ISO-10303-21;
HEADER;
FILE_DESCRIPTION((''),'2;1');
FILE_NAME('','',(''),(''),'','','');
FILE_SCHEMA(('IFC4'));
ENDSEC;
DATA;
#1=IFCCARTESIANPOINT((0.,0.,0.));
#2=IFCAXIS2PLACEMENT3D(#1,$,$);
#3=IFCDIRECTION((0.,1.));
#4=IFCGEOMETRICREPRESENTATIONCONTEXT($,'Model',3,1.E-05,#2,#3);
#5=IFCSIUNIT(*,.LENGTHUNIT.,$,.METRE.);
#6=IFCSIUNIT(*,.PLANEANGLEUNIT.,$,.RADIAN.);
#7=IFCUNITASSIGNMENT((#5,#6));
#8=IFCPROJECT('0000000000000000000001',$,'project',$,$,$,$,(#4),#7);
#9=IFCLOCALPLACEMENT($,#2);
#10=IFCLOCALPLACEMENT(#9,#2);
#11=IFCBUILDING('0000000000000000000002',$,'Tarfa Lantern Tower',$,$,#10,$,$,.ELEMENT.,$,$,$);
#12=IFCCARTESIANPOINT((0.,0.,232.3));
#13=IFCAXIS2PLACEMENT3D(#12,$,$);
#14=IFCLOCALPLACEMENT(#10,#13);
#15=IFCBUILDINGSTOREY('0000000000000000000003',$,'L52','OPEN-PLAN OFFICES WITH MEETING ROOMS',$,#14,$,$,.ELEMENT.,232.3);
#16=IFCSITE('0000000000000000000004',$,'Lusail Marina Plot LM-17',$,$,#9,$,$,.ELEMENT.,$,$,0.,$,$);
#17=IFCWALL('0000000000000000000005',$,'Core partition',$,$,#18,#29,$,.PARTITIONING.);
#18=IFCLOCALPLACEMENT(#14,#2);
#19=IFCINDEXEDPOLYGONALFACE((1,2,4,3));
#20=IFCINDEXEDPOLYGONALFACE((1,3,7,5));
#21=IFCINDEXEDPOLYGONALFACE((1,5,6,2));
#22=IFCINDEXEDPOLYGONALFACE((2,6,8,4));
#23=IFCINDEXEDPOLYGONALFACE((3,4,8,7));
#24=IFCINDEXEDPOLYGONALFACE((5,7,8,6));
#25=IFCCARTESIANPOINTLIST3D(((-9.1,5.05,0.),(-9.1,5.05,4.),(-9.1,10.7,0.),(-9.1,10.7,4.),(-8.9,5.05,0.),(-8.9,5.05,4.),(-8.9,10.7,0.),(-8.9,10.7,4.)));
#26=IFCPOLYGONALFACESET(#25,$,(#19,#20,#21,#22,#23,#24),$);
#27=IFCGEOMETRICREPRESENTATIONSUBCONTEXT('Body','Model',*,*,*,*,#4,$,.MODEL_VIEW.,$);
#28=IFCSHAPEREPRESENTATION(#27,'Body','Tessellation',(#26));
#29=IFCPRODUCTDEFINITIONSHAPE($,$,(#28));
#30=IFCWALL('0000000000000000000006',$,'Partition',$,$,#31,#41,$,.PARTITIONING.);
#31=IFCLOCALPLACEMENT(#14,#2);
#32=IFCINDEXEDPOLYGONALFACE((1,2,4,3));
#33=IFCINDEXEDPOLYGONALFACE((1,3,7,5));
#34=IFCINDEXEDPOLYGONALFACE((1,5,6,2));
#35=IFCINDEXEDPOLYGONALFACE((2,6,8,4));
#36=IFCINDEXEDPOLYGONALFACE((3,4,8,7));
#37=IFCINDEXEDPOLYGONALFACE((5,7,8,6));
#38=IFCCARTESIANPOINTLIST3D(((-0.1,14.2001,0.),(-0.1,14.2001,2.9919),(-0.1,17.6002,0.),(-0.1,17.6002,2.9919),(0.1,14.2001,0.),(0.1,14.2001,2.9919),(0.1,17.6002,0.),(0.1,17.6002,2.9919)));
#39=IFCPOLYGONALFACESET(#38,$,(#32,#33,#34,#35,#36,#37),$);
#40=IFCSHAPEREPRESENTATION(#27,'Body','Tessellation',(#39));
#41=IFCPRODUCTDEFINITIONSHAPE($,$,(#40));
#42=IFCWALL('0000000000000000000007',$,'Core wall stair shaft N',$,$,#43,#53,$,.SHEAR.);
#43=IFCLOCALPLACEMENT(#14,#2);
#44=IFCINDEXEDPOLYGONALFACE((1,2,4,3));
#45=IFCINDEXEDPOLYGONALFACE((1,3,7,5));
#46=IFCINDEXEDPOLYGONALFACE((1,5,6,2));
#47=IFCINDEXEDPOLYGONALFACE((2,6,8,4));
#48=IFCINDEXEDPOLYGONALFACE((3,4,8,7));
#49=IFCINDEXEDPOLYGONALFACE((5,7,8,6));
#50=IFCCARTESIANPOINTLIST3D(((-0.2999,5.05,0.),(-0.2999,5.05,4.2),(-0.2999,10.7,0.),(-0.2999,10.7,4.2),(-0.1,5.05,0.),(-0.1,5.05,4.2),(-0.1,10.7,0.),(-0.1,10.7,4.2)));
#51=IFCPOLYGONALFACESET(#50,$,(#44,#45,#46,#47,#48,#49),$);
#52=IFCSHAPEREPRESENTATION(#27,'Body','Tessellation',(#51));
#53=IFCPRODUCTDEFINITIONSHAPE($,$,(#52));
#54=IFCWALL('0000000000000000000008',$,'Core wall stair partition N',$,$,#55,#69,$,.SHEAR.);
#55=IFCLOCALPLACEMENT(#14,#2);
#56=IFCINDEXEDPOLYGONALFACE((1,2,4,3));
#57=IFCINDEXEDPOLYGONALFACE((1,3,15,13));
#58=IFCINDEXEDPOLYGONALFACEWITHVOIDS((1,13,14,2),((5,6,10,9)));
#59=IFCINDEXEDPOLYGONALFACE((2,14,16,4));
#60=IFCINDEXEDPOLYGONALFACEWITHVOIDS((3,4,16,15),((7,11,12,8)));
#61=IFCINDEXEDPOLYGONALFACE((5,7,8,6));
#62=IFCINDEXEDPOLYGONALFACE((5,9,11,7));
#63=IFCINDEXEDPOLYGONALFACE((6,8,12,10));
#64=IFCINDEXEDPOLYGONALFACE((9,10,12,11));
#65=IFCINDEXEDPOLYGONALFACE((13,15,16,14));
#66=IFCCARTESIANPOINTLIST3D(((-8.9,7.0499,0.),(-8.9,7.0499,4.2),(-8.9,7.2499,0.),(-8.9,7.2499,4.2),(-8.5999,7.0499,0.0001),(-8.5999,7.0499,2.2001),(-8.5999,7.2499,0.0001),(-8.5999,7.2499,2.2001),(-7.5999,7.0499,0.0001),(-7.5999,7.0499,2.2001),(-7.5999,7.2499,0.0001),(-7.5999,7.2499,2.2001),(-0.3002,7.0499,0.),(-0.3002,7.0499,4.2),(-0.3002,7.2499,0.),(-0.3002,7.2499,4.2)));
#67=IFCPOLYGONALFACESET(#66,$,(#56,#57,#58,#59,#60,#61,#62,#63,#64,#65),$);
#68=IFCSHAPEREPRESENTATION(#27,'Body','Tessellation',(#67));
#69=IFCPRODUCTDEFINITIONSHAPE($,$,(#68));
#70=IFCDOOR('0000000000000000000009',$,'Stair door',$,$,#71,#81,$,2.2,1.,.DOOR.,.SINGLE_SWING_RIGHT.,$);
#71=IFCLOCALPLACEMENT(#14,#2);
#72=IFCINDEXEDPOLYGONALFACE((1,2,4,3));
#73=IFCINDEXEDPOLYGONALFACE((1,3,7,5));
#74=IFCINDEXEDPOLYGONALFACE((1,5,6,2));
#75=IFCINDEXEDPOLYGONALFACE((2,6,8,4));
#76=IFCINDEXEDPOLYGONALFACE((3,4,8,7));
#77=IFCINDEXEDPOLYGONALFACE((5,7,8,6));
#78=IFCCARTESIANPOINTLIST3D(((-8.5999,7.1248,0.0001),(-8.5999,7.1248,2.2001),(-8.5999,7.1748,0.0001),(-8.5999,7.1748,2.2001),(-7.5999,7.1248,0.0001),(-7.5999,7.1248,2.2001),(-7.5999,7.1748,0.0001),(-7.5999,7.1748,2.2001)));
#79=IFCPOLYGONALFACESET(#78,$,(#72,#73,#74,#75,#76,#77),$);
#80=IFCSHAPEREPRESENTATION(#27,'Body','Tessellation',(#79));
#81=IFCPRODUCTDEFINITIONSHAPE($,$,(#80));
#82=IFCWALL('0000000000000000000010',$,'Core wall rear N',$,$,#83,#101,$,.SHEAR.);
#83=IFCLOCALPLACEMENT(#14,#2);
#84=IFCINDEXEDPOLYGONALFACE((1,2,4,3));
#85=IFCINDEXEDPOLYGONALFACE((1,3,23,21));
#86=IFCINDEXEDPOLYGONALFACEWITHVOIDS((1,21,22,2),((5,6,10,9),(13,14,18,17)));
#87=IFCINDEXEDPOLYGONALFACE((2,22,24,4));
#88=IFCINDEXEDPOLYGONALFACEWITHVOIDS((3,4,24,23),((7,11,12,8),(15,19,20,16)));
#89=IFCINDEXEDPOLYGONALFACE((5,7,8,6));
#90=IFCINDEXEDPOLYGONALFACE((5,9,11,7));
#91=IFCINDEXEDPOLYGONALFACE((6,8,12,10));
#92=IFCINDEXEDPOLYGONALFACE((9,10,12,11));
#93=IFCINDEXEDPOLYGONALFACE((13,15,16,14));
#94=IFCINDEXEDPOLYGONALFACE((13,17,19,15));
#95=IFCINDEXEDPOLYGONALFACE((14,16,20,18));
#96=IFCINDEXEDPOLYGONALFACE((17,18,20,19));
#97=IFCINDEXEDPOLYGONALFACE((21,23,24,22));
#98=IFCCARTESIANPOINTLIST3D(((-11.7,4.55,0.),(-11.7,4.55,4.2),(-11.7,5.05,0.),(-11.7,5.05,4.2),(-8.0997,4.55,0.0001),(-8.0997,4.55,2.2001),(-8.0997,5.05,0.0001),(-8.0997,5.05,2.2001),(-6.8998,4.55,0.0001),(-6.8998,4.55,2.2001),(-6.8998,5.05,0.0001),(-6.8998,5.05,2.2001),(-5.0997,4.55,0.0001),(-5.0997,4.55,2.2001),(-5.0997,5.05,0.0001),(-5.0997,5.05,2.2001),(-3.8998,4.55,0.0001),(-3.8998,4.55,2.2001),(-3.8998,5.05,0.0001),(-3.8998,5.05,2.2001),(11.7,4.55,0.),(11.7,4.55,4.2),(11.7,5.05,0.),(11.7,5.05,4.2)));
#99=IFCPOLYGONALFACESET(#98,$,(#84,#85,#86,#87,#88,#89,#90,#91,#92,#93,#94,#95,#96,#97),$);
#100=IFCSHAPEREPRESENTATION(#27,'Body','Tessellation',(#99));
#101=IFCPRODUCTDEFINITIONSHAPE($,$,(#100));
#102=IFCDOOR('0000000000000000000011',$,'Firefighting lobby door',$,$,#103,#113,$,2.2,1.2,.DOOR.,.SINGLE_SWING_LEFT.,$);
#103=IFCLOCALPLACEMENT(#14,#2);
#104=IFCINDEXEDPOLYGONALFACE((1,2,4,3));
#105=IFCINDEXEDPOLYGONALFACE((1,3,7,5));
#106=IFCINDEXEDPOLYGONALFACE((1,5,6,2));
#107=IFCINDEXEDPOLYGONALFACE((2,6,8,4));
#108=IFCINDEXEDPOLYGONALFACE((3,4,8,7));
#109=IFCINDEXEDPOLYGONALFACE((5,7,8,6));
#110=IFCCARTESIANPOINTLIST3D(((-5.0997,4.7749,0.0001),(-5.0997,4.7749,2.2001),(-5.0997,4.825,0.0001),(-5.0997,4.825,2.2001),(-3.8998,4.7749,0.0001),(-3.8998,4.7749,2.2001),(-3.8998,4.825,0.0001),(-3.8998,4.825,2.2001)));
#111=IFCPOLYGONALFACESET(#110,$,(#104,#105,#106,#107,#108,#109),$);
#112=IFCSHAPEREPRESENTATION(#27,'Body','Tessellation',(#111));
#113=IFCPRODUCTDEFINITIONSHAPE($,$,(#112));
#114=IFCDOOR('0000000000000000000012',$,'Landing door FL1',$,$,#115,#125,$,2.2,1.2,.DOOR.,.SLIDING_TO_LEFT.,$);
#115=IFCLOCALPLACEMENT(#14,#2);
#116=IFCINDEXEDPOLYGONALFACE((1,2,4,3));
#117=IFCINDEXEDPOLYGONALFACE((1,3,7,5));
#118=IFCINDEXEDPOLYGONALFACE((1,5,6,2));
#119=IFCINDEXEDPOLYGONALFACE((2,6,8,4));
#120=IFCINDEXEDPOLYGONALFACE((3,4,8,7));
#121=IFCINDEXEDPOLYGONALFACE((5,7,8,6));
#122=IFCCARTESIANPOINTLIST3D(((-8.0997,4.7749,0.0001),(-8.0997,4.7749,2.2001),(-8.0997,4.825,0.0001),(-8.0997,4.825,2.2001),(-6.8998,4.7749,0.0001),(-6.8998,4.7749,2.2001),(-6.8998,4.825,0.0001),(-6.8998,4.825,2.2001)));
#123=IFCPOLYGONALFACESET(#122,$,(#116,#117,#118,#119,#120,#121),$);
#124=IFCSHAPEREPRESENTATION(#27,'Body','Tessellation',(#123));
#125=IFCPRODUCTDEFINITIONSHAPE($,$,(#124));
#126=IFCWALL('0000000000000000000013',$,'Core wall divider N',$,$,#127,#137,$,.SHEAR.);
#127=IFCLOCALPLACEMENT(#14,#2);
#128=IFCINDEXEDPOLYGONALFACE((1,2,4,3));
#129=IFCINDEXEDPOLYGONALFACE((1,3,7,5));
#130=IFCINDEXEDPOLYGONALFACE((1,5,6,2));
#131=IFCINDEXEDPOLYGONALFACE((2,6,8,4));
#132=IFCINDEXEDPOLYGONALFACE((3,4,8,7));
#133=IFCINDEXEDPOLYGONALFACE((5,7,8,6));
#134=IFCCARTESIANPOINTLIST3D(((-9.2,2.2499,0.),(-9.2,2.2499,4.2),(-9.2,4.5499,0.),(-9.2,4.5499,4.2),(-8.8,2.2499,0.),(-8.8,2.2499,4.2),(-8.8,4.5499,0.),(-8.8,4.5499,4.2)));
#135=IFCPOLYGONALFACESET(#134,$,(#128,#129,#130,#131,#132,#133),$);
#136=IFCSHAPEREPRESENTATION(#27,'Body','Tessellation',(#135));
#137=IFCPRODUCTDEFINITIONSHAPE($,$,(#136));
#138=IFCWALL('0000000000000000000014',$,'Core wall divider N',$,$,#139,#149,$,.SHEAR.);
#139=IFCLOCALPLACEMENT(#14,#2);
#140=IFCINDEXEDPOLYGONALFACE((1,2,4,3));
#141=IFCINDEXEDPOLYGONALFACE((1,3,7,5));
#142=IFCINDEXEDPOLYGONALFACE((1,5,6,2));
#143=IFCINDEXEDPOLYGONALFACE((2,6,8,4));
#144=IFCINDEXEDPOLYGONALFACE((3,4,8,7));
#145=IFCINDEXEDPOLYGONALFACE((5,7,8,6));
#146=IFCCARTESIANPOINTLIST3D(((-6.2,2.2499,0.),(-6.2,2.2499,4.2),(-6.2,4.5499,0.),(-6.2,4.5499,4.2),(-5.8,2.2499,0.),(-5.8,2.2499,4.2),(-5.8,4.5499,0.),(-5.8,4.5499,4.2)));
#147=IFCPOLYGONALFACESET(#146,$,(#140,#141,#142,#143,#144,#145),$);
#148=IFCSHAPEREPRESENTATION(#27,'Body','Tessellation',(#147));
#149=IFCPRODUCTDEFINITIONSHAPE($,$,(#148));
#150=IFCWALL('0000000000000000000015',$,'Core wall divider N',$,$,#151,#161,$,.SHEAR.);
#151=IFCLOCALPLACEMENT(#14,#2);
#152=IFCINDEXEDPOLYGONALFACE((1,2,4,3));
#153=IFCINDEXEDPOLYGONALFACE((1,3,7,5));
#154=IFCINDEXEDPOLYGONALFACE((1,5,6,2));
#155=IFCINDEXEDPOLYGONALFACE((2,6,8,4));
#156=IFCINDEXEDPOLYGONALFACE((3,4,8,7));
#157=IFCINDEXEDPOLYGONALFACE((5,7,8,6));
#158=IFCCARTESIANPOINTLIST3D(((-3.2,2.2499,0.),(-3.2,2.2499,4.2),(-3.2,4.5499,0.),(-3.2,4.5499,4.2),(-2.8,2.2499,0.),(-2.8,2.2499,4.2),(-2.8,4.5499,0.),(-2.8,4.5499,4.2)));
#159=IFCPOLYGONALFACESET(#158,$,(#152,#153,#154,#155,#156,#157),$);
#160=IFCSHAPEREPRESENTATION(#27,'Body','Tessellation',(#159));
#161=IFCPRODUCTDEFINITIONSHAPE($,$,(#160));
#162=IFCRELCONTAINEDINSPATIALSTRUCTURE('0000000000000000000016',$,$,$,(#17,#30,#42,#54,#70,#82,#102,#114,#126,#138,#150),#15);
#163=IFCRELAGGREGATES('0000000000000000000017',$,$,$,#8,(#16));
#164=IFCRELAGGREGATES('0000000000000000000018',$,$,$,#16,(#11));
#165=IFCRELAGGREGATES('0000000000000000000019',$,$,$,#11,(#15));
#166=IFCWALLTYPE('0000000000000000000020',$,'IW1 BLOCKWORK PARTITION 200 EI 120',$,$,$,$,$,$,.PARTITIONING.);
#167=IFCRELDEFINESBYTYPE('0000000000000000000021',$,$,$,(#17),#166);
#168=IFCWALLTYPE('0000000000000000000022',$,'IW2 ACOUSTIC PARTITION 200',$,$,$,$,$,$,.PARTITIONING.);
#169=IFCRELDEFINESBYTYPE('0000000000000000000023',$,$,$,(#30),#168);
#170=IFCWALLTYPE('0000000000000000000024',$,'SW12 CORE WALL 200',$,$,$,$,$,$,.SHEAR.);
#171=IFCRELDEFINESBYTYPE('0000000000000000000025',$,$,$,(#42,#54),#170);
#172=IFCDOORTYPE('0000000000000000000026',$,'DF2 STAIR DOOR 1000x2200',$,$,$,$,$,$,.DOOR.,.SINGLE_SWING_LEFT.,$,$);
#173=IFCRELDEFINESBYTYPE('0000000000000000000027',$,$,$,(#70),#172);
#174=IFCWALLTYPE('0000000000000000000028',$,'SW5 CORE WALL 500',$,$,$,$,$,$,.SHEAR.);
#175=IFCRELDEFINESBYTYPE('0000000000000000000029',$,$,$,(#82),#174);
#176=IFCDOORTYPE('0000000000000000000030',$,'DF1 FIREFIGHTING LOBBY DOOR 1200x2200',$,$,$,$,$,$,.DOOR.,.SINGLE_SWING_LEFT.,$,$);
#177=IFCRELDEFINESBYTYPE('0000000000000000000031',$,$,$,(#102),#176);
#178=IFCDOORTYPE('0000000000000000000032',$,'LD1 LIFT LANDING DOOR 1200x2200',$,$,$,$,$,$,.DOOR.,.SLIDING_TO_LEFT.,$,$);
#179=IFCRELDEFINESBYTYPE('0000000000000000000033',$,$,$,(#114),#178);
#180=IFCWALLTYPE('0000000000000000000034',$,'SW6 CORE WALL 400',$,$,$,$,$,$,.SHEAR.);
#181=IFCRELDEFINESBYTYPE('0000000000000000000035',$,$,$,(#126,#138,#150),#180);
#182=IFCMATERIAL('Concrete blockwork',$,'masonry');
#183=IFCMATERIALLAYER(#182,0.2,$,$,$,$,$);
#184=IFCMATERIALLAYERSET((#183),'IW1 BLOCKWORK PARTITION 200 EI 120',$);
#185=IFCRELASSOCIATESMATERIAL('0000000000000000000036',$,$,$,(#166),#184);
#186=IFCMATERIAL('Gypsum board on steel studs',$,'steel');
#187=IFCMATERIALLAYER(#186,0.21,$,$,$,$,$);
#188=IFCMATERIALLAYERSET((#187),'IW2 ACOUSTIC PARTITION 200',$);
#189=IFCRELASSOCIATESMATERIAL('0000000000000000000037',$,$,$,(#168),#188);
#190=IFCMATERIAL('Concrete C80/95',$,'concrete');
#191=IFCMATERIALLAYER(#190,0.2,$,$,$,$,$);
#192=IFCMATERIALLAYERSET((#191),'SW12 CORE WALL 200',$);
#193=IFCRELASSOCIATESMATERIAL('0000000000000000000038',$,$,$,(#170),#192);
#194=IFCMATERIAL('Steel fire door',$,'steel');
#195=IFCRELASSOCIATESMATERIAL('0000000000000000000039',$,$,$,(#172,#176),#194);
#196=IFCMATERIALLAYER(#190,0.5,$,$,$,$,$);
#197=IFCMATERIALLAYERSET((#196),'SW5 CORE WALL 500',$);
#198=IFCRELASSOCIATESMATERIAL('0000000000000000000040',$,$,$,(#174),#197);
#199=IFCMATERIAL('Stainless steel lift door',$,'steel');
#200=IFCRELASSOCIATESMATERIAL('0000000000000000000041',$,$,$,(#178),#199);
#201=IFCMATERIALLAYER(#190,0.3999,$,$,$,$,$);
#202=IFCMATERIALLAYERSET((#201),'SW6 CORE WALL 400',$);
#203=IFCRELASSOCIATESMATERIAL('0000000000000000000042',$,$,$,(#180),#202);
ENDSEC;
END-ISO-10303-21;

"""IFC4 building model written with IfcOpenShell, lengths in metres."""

from ifc_helpers import new_model, si_unit, direction, frame, frame_2d, origin, place, context, subcontext, project, spatial, rectangle, extrude, material, layer, layer_set, type_object, element, fill, save


model = new_model("IFC4")

# Units and contexts
model_context = context("Model", 3, precision=1e-05, world=origin(), true_north=direction((0.0, 1.0)))
body_context = subcontext(model_context, "Body", "Model", "MODEL_VIEW")
ifc_project = project(units=[si_unit("LENGTHUNIT", "METRE"), si_unit("PLANEANGLEUNIT", "RADIAN")], contexts=[model_context])

# Site, building, storey
site_placement = place(None, origin())
site = spatial("IfcSite", under=ifc_project, at=site_placement, Name="Lusail Marina Plot LM-17", CompositionType="ELEMENT", RefElevation=0.0)
building_placement = place(site_placement, origin())
building = spatial("IfcBuilding", under=site, at=building_placement, Name="Tarfa Lantern Tower", CompositionType="ELEMENT")
storey_placement = place(building_placement, frame((0.0, 0.0, 232.3)))
storey = spatial("IfcBuildingStorey", under=building, at=storey_placement, Name="L52", Description="OPEN-PLAN OFFICES WITH MEETING ROOMS", CompositionType="ELEMENT", Elevation=232.3)

# Walls
ifc_material_1 = material(Name="Concrete blockwork", Category="masonry")
ifc_layer_1 = layer(ifc_material_1, 0.2)
ifc_layer_set_1 = layer_set([ifc_layer_1], Name="IW1 BLOCKWORK PARTITION 200 EI 120")
wall_type_1 = type_object("IfcWallType", Name="IW1 BLOCKWORK PARTITION 200 EI 120", PredefinedType="PARTITIONING", material=ifc_layer_set_1)
wall_1_placement = place(storey_placement, frame((-9.0, 5.05, 0.0), z_axis=(0.0, 0.0, 1.0), x_axis=(0.0, 1.0, 0.0)))
element("IfcWall", 1, at=wall_1_placement, inside=storey, type_object=wall_type_1, Name="Core partition", PredefinedType="PARTITIONING", context=body_context, shape_type="SweptSolid", body=[
    extrude(rectangle(XDim=5.6499, YDim=0.2, at=frame_2d((2.825, 0.0))), origin(), (0.0, 0.0, 1.0), 4.0),
])
ifc_material_2 = material(Name="Gypsum board on steel studs", Category="steel")
ifc_layer_2 = layer(ifc_material_2, 0.21)
ifc_layer_set_2 = layer_set([ifc_layer_2], Name="IW2 ACOUSTIC PARTITION 200")
wall_type_2 = type_object("IfcWallType", Name="IW2 ACOUSTIC PARTITION 200", PredefinedType="PARTITIONING", material=ifc_layer_set_2)
wall_2_placement = place(storey_placement, frame((0.0, 14.2, 0.0), z_axis=(0.0, 0.0, 1.0), x_axis=(0.0, 1.0, 0.0)))
element("IfcWall", 2, at=wall_2_placement, inside=storey, type_object=wall_type_2, Name="Partition", PredefinedType="PARTITIONING", context=body_context, shape_type="SweptSolid", body=[
    extrude(rectangle(XDim=3.4001, YDim=0.2, at=frame_2d((1.7002, 0.0))), origin(), (0.0, 0.0, 1.0), 2.9919),
])
ifc_material_3 = material(Name="Concrete C80/95", Category="concrete")
ifc_layer_3 = layer(ifc_material_3, 0.2)
ifc_layer_set_3 = layer_set([ifc_layer_3], Name="SW12 CORE WALL 200")
wall_type_3 = type_object("IfcWallType", Name="SW12 CORE WALL 200", PredefinedType="SHEAR", material=ifc_layer_set_3)
wall_3_placement = place(storey_placement, frame((-0.2, 5.05, 0.0), z_axis=(0.0, 0.0, 1.0), x_axis=(0.0, 1.0, 0.0)))
element("IfcWall", 3, at=wall_3_placement, inside=storey, type_object=wall_type_3, Name="Core wall stair shaft N", PredefinedType="SHEAR", context=body_context, shape_type="SweptSolid", body=[
    extrude(rectangle(XDim=5.6499, YDim=0.2, at=frame_2d((2.825, 0.0))), origin(), (0.0, 0.0, 1.0), 4.2),
])

# Wall, opening, door
wall_4_placement = place(storey_placement, frame((-8.8999, 7.1499, 0.0), z_axis=(0.0, 0.0, 1.0), x_axis=(1.0, 0.0, 0.0)))
wall_4 = element("IfcWall", 4, at=wall_4_placement, inside=storey, type_object=wall_type_3, Name="Core wall stair partition N", PredefinedType="SHEAR", context=body_context, shape_type="SweptSolid", body=[
    extrude(rectangle(XDim=8.5999, YDim=0.2, at=frame_2d((4.2998, 0.0))), origin(), (0.0, 0.0, 1.0), 4.2),
])
opening_1_placement = place(wall_4_placement, frame((0.3, 0.0, 0.0)))
opening_1 = element("IfcOpeningElement", 5, at=opening_1_placement, cuts=wall_4, PredefinedType="OPENING", context=body_context, shape_type="SweptSolid", body=[
    extrude(rectangle(XDim=1.0, YDim=2.2, at=frame_2d((0.5, 1.1001))), frame((0.0, 0.1099, 0.0), z_axis=(0.0, -1.0, 0.0), x_axis=(1.0, 0.0, 0.0)), (0.0, 0.0, 1.0), 0.22),
])
ifc_material_4 = material(Name="Steel fire door", Category="steel")
door_type_1 = type_object("IfcDoorType", Name="DF2 STAIR DOOR 1000x2200", OperationType="SINGLE_SWING_LEFT", PredefinedType="DOOR", material=ifc_material_4)
door_1_placement = place(opening_1_placement, origin())
door_1 = element("IfcDoor", 6, at=door_1_placement, inside=storey, type_object=door_type_1, Name="Stair door", OperationType="SINGLE_SWING_RIGHT", OverallHeight=2.2, OverallWidth=1.0, PredefinedType="DOOR", context=body_context, shape_type="SweptSolid", body=[
    extrude(rectangle(XDim=1.0, YDim=2.2, at=frame_2d((0.5, 1.1001))), frame((0.0, 0.0249, 0.0), z_axis=(0.0, -1.0, 0.0), x_axis=(1.0, 0.0, 0.0)), (0.0, 0.0, 1.0), 0.05),
])
fill(opening_1, door_1)

# Wall, openings, doors
ifc_layer_4 = layer(ifc_material_3, 0.5)
ifc_layer_set_4 = layer_set([ifc_layer_4], Name="SW5 CORE WALL 500")
wall_type_4 = type_object("IfcWallType", Name="SW5 CORE WALL 500", PredefinedType="SHEAR", material=ifc_layer_set_4)
wall_5_placement = place(storey_placement, frame((-11.7, 4.8, 0.0), z_axis=(0.0, 0.0, 1.0), x_axis=(1.0, 0.0, 0.0)))
wall_5 = element("IfcWall", 7, at=wall_5_placement, inside=storey, type_object=wall_type_4, Name="Core wall rear N", PredefinedType="SHEAR", context=body_context, shape_type="SweptSolid", body=[
    extrude(rectangle(XDim=23.3999, YDim=0.5, at=frame_2d((11.7, 0.0))), origin(), (0.0, 0.0, 1.0), 4.2),
])
opening_2_placement = place(wall_5_placement, frame((6.6001, 0.0, 0.0)))
opening_2 = element("IfcOpeningElement", 8, at=opening_2_placement, cuts=wall_5, PredefinedType="OPENING", context=body_context, shape_type="SweptSolid", body=[
    extrude(rectangle(XDim=1.2, YDim=2.2, at=frame_2d((0.6001, 1.1001))), frame((0.0, 0.26, 0.0), z_axis=(0.0, -1.0, 0.0), x_axis=(1.0, 0.0, 0.0)), (0.0, 0.0, 1.0), 0.52),
])
opening_3_placement = place(wall_5_placement, frame((3.6001, 0.0, 0.0)))
opening_3 = element("IfcOpeningElement", 9, at=opening_3_placement, cuts=wall_5, PredefinedType="OPENING", context=body_context, shape_type="SweptSolid", body=[
    extrude(rectangle(XDim=1.2, YDim=2.2, at=frame_2d((0.6001, 1.1001))), frame((0.0, 0.26, 0.0), z_axis=(0.0, -1.0, 0.0), x_axis=(1.0, 0.0, 0.0)), (0.0, 0.0, 1.0), 0.52),
])
door_type_2 = type_object("IfcDoorType", Name="DF1 FIREFIGHTING LOBBY DOOR 1200x2200", OperationType="SINGLE_SWING_LEFT", PredefinedType="DOOR", material=ifc_material_4)
door_2_placement = place(opening_2_placement, origin())
door_2 = element("IfcDoor", 10, at=door_2_placement, inside=storey, type_object=door_type_2, Name="Firefighting lobby door", OperationType="SINGLE_SWING_LEFT", OverallHeight=2.2, OverallWidth=1.2, PredefinedType="DOOR", context=body_context, shape_type="SweptSolid", body=[
    extrude(rectangle(XDim=1.2, YDim=2.2, at=frame_2d((0.6001, 1.1001))), frame((0.0, 0.0249, 0.0), z_axis=(0.0, -1.0, 0.0), x_axis=(1.0, 0.0, 0.0)), (0.0, 0.0, 1.0), 0.05),
])
fill(opening_2, door_2)
ifc_material_5 = material(Name="Stainless steel lift door", Category="steel")
door_type_3 = type_object("IfcDoorType", Name="LD1 LIFT LANDING DOOR 1200x2200", OperationType="SLIDING_TO_LEFT", PredefinedType="DOOR", material=ifc_material_5)
door_3_placement = place(opening_3_placement, origin())
door_3 = element("IfcDoor", 11, at=door_3_placement, inside=storey, type_object=door_type_3, Name="Landing door FL1", OperationType="SLIDING_TO_LEFT", OverallHeight=2.2, OverallWidth=1.2, PredefinedType="DOOR", context=body_context, shape_type="SweptSolid", body=[
    extrude(rectangle(XDim=1.2, YDim=2.2, at=frame_2d((0.6001, 1.1001))), frame((0.0, 0.0249, 0.0), z_axis=(0.0, -1.0, 0.0), x_axis=(1.0, 0.0, 0.0)), (0.0, 0.0, 1.0), 0.05),
])
fill(opening_3, door_3)

# Walls
ifc_layer_5 = layer(ifc_material_3, 0.3999)
ifc_layer_set_5 = layer_set([ifc_layer_5], Name="SW6 CORE WALL 400")
wall_type_5 = type_object("IfcWallType", Name="SW6 CORE WALL 400", PredefinedType="SHEAR", material=ifc_layer_set_5)
for number, where, z_axis, x_axis, name in (
    (12, (-9.0, 2.25, 0.0), (0.0, 0.0, 1.0), (0.0, 1.0, 0.0), "Core wall divider N"),
    (13, (-6.0, 2.25, 0.0), (0.0, 0.0, 1.0), (0.0, 1.0, 0.0), "Core wall divider N"),
    (14, (-3.0, 2.25, 0.0), (0.0, 0.0, 1.0), (0.0, 1.0, 0.0), "Core wall divider N"),
):
    element("IfcWall", number, at=place(storey_placement, frame(where, z_axis=z_axis, x_axis=x_axis)), inside=storey, type_object=wall_type_5, Name=name, PredefinedType="SHEAR", context=body_context, shape_type="SweptSolid", body=[
        extrude(rectangle(XDim=2.3, YDim=0.3999, at=frame_2d((1.1499, 0.0))), origin(), (0.0, 0.0, 1.0), 4.2),
    ])

save(model, "model.ifc")
